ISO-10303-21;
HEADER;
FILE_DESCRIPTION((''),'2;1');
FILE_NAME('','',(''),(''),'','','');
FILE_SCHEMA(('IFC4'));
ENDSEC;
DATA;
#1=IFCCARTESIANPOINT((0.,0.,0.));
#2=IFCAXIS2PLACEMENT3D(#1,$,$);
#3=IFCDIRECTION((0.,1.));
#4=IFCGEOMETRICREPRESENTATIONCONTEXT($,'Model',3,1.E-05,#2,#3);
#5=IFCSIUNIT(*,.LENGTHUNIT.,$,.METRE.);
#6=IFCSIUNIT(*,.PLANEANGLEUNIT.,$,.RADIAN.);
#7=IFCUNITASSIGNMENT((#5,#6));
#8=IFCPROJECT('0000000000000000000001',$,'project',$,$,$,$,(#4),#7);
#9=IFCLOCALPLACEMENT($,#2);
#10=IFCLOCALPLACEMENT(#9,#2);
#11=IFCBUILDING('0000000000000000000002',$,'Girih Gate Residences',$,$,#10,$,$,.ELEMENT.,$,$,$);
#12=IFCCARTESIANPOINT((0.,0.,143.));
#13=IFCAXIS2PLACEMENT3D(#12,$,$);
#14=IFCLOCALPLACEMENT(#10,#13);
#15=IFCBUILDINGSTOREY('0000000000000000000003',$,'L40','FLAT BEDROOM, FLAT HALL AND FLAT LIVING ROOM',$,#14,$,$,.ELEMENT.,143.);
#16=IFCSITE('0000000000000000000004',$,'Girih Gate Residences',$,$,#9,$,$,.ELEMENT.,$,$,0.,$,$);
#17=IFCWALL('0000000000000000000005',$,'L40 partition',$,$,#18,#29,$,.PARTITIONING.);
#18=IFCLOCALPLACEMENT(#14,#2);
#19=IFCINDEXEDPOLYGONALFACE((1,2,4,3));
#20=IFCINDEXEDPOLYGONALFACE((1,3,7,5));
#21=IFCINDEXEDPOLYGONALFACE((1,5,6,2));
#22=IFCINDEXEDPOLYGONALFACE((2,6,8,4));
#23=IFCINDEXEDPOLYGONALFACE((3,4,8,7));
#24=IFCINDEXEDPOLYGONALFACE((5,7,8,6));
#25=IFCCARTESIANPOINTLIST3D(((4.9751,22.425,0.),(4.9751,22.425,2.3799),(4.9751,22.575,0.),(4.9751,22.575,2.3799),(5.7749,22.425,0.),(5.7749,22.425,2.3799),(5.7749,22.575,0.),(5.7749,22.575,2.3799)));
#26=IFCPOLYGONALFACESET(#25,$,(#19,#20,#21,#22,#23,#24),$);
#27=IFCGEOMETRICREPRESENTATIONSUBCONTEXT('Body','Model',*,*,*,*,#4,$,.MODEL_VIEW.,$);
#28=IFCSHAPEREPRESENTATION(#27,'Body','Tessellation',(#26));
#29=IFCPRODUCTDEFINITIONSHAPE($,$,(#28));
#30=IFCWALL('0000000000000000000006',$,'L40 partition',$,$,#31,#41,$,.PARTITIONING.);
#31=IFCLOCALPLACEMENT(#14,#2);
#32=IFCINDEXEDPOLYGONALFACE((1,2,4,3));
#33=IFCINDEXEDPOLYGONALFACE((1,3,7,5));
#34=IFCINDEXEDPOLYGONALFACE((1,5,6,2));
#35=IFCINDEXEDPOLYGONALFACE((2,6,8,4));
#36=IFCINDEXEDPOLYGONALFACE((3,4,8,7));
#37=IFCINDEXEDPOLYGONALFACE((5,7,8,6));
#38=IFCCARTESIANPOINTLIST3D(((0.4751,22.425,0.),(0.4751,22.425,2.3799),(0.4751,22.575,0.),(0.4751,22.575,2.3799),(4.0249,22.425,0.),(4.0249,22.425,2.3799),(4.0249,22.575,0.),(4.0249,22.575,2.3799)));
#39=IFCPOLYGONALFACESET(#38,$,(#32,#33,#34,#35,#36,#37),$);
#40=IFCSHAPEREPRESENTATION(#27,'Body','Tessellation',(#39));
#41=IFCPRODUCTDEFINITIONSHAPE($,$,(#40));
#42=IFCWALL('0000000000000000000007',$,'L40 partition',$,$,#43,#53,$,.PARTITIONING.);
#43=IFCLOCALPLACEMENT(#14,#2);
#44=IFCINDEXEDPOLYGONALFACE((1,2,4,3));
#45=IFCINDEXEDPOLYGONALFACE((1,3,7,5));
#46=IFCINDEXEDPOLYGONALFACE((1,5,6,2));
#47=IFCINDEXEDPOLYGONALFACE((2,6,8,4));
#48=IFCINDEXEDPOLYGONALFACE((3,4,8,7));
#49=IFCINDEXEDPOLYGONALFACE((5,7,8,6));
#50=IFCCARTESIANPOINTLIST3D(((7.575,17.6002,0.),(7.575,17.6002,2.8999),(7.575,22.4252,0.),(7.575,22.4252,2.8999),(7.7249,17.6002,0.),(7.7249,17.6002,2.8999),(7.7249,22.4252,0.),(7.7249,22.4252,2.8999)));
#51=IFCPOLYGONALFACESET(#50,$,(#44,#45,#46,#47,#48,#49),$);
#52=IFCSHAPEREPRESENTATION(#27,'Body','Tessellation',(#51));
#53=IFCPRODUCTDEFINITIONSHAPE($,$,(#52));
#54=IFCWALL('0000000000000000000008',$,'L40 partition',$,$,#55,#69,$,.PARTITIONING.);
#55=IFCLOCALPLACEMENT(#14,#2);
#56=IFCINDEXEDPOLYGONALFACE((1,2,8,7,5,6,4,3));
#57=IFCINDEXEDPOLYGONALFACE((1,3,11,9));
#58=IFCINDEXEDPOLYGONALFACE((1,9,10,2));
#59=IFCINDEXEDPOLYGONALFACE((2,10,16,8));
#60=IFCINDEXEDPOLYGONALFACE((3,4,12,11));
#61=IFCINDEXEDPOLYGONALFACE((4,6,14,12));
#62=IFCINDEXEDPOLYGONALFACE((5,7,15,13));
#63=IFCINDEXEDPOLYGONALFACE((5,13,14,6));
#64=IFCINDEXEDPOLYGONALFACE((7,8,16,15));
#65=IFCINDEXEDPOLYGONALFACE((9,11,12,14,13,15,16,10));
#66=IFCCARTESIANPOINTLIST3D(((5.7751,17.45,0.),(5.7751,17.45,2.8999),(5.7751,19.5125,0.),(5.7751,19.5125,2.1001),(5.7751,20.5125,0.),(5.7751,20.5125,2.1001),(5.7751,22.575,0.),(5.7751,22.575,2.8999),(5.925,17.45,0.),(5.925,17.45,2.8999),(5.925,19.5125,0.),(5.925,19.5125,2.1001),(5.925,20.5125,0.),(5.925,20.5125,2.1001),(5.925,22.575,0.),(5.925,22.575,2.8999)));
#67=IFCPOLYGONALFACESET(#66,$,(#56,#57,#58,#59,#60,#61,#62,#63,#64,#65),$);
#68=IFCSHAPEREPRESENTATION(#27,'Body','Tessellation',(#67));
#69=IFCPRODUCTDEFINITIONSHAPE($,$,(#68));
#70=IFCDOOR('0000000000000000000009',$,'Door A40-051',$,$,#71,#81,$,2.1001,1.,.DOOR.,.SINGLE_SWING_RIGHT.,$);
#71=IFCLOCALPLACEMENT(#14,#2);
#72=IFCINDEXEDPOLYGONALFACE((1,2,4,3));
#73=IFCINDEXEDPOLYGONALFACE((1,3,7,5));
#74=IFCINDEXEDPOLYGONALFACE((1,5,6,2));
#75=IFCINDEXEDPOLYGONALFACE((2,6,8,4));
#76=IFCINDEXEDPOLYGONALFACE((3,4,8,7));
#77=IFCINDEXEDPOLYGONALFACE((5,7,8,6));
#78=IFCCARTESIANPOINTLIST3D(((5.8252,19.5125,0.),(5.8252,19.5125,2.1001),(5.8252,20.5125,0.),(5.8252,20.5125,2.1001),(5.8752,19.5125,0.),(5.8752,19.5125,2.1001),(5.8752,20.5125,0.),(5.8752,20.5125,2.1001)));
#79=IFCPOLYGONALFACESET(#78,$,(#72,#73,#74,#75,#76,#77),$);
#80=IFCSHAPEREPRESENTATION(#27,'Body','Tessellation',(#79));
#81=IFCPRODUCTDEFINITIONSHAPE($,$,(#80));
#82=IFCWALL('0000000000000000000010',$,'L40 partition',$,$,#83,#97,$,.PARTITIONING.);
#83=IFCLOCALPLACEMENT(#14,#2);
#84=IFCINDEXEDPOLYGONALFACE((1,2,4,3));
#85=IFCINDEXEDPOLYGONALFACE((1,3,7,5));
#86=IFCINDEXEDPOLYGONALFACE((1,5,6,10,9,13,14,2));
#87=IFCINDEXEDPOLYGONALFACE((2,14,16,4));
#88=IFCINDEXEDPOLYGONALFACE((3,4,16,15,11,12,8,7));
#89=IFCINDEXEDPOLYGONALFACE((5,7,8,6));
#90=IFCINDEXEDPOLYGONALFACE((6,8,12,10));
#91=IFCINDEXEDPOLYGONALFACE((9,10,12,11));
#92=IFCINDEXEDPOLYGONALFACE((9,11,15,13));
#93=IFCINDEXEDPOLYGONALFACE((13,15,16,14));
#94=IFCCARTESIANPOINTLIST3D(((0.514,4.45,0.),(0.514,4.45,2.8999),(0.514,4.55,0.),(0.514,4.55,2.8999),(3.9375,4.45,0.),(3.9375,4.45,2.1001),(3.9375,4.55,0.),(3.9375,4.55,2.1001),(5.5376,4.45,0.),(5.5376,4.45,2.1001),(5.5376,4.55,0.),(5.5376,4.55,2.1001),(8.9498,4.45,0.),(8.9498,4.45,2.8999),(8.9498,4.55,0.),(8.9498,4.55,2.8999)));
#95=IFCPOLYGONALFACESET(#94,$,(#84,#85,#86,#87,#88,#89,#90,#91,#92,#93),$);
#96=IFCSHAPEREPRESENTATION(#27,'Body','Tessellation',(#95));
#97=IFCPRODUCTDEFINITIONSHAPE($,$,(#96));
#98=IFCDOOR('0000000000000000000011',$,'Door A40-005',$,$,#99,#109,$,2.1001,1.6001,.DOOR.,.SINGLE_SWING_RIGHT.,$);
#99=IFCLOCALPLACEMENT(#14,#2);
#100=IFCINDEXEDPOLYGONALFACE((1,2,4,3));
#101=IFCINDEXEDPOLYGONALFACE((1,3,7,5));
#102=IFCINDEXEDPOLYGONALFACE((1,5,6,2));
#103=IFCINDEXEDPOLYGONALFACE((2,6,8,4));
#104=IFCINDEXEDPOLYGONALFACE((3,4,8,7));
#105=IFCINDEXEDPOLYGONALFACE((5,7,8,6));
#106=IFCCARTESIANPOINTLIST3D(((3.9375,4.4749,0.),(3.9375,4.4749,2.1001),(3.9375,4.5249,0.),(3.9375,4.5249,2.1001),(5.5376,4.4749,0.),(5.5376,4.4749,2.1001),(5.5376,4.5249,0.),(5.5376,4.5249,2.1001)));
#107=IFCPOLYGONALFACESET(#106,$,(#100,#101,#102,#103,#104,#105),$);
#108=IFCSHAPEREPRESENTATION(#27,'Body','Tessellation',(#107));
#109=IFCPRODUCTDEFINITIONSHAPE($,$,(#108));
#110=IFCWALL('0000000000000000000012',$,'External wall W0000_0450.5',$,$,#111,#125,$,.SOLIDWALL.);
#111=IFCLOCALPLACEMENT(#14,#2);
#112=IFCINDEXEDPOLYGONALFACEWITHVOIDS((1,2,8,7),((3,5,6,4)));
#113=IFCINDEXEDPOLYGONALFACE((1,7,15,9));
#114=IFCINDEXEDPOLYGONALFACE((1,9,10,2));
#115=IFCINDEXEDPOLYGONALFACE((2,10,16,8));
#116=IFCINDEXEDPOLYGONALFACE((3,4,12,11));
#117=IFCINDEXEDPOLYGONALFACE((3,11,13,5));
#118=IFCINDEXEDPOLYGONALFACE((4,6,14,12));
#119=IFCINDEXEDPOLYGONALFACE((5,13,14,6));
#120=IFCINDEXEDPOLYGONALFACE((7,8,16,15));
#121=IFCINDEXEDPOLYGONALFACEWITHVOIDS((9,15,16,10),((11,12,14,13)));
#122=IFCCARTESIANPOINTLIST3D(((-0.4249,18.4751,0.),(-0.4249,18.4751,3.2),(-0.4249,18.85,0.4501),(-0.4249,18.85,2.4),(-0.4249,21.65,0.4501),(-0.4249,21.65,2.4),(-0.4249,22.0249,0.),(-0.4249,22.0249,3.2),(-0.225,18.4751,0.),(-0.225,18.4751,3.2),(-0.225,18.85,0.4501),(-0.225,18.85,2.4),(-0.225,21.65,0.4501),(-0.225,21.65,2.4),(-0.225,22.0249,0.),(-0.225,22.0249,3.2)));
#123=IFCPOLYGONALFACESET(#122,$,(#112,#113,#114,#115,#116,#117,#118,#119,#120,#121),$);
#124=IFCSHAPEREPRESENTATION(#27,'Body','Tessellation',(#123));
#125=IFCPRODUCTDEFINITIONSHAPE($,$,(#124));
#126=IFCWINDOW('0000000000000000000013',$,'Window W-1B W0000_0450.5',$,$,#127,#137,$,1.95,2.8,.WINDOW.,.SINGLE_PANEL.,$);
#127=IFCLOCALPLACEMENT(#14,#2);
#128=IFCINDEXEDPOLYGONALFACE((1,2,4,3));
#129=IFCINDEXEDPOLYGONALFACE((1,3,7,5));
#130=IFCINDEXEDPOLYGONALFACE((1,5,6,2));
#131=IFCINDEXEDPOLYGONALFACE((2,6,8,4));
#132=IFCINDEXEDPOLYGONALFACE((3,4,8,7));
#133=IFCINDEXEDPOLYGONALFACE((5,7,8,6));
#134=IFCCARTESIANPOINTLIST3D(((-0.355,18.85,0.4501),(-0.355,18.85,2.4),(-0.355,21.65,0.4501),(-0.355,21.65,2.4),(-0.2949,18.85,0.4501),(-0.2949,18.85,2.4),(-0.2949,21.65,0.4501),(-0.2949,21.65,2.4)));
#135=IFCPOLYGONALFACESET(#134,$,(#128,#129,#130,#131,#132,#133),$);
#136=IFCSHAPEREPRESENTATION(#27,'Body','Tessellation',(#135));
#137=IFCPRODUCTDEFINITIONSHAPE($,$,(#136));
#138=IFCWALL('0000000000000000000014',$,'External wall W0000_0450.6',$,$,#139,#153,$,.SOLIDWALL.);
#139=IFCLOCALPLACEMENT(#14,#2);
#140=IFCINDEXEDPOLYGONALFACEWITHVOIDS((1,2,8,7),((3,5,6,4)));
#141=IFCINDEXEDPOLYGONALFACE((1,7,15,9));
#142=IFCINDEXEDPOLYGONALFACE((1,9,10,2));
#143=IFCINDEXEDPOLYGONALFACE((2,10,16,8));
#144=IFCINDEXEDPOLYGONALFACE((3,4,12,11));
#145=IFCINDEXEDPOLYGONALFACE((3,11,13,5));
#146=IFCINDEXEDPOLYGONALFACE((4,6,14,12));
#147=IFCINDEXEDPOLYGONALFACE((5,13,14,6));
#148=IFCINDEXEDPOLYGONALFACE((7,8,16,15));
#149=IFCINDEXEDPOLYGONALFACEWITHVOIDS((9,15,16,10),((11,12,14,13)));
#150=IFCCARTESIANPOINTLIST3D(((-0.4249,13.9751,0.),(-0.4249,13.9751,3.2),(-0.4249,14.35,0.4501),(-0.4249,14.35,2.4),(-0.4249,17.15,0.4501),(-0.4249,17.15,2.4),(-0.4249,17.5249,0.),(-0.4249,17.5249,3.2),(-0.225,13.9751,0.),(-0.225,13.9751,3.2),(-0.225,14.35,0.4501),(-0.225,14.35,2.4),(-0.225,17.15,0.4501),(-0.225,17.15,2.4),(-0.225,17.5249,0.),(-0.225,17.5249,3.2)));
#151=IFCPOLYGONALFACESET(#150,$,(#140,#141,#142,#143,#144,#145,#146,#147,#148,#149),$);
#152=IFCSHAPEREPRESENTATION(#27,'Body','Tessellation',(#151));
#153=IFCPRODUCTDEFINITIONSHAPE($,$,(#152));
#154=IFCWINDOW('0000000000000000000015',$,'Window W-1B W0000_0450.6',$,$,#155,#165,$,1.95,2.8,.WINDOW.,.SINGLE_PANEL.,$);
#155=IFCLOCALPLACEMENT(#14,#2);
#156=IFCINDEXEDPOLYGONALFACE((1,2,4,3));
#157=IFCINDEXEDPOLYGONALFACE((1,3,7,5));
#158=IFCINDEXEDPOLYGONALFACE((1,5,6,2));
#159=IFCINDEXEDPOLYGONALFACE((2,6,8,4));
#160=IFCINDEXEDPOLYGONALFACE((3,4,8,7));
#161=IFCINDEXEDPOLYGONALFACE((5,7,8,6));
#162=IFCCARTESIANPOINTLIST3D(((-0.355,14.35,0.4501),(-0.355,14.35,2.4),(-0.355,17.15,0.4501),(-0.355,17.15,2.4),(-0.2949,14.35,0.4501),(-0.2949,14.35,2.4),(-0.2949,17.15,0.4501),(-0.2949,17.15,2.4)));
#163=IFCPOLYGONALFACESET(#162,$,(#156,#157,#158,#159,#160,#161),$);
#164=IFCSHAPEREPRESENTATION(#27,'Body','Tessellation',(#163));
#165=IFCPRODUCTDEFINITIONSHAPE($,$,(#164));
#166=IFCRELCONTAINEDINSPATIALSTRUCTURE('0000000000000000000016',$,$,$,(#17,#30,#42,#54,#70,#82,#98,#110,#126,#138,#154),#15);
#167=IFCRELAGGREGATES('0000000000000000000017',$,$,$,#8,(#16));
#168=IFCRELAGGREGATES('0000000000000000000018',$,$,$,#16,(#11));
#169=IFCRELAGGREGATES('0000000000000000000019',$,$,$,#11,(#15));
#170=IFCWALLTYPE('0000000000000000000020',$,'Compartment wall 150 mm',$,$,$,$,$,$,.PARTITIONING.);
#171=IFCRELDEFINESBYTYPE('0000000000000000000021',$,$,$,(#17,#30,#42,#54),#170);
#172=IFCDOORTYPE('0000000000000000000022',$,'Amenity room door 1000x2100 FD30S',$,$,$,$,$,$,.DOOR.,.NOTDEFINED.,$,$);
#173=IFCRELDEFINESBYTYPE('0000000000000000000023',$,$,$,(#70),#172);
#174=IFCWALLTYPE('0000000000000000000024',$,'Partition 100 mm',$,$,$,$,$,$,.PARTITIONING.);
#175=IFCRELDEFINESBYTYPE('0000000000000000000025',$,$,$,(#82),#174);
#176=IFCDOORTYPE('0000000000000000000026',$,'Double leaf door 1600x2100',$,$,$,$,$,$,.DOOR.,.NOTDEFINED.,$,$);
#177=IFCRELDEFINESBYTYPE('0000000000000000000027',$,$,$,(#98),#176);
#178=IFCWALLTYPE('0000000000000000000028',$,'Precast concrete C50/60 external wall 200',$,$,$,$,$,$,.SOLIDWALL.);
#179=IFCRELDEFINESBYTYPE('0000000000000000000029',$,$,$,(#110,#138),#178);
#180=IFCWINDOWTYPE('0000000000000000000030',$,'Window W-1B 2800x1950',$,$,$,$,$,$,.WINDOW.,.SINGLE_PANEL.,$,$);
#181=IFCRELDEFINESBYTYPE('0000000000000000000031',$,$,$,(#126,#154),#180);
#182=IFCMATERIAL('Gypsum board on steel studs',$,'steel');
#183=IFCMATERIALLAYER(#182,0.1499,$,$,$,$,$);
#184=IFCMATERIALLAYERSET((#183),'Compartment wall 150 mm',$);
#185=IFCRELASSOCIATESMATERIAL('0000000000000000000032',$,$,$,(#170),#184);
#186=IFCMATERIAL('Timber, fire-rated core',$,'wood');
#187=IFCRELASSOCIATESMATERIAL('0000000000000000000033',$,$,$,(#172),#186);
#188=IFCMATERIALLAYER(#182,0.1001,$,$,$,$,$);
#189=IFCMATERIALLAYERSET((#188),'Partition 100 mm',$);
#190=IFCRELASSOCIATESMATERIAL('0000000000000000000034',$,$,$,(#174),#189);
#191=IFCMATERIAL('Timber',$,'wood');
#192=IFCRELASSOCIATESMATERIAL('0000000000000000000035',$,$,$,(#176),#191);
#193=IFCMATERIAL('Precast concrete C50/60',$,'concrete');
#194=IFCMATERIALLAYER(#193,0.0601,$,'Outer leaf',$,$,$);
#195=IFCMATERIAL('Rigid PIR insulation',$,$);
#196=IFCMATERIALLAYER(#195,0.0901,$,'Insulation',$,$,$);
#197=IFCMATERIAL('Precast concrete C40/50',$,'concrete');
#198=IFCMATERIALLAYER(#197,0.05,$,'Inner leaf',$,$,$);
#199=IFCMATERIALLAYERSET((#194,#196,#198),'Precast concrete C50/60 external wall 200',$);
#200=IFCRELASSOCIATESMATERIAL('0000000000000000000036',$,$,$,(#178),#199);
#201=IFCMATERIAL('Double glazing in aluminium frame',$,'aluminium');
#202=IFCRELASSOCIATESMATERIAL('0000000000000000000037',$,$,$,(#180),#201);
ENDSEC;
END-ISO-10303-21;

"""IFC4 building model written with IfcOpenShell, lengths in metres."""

from ifc_helpers import new_model, si_unit, direction, frame, frame_2d, origin, place, context, subcontext, project, spatial, rectangle, extrude, material, layer, layer_set, type_object, element, fill, save


model = new_model("IFC4")

# Units and contexts
model_context = context("Model", 3, precision=1e-05, world=origin(), true_north=direction((0.0, 1.0)))
body_context = subcontext(model_context, "Body", "Model", "MODEL_VIEW")
ifc_project = project(units=[si_unit("LENGTHUNIT", "METRE"), si_unit("PLANEANGLEUNIT", "RADIAN")], contexts=[model_context])

# Site, building, storey
site_placement = place(None, origin())
site = spatial("IfcSite", under=ifc_project, at=site_placement, Name="Girih Gate Residences", CompositionType="ELEMENT", RefElevation=0.0)
building_placement = place(site_placement, origin())
building = spatial("IfcBuilding", under=site, at=building_placement, Name="Girih Gate Residences", CompositionType="ELEMENT")
storey_placement = place(building_placement, frame((0.0, 0.0, 143.0)))
storey = spatial("IfcBuildingStorey", under=building, at=storey_placement, Name="L40", Description="FLAT BEDROOM, FLAT HALL AND FLAT LIVING ROOM", CompositionType="ELEMENT", Elevation=143.0)

# Shared definitions
ifc_material_1 = material(Name="Gypsum board on steel studs", Category="steel")
ifc_layer_1 = layer(ifc_material_1, 0.1499)
ifc_layer_set_1 = layer_set([ifc_layer_1], Name="Compartment wall 150 mm")
wall_type_1 = type_object("IfcWallType", Name="Compartment wall 150 mm", PredefinedType="PARTITIONING", material=ifc_layer_set_1)

# Shared definitions
ifc_material_2 = material(Name="Timber", Category="wood")

# Walls
wall_1_placement = place(storey_placement, frame((4.9751, 22.5, 0.0), z_axis=(0.0, 0.0, 1.0), x_axis=(1.0, 0.0, 0.0)))
element("IfcWall", 1, at=wall_1_placement, inside=storey, type_object=wall_type_1, Name="L40 partition", PredefinedType="PARTITIONING", context=body_context, shape_type="SweptSolid", body=[
    extrude(rectangle(XDim=0.7998, YDim=0.1499, at=frame_2d((0.3999, 0.0))), origin(), (0.0, 0.0, 1.0), 2.3799),
])
wall_2_placement = place(storey_placement, frame((0.4751, 22.5, 0.0), z_axis=(0.0, 0.0, 1.0), x_axis=(1.0, 0.0, 0.0)))
element("IfcWall", 2, at=wall_2_placement, inside=storey, type_object=wall_type_1, Name="L40 partition", PredefinedType="PARTITIONING", context=body_context, shape_type="SweptSolid", body=[
    extrude(rectangle(XDim=3.5498, YDim=0.1499, at=frame_2d((1.7749, 0.0))), origin(), (0.0, 0.0, 1.0), 2.3799),
])
wall_3_placement = place(storey_placement, frame((7.6499, 17.6001, 0.0), z_axis=(0.0, 0.0, 1.0), x_axis=(0.0, 1.0, 0.0)))
element("IfcWall", 3, at=wall_3_placement, inside=storey, type_object=wall_type_1, Name="L40 partition", PredefinedType="PARTITIONING", context=body_context, shape_type="SweptSolid", body=[
    extrude(rectangle(XDim=4.825, YDim=0.1499, at=frame_2d((2.4126, 0.0))), origin(), (0.0, 0.0, 1.0), 2.8999),
])

# Walls, openings, doors
wall_4_placement = place(storey_placement, frame((5.8501, 17.45, 0.0), z_axis=(0.0, 0.0, 1.0), x_axis=(0.0, 1.0, 0.0)))
wall_4 = element("IfcWall", 4, at=wall_4_placement, inside=storey, type_object=wall_type_1, Name="L40 partition", PredefinedType="PARTITIONING", context=body_context, shape_type="SweptSolid", body=[
    extrude(rectangle(XDim=5.125, YDim=0.1499, at=frame_2d((2.5625, 0.0))), origin(), (0.0, 0.0, 1.0), 2.8999),
])
opening_1_placement = place(wall_4_placement, frame((2.0625, 0.0, 0.0)))
opening_1 = element("IfcOpeningElement", 5, at=opening_1_placement, cuts=wall_4, PredefinedType="OPENING", context=body_context, shape_type="SweptSolid", body=[
    extrude(rectangle(XDim=1.0, YDim=2.1001, at=frame_2d((0.5, 1.05))), frame((0.0, 0.085, 0.0), z_axis=(0.0, -1.0, 0.0), x_axis=(1.0, 0.0, 0.0)), (0.0, 0.0, 1.0), 0.1699),
])
ifc_material_3 = material(Name="Timber, fire-rated core", Category="wood")
door_type_1 = type_object("IfcDoorType", Name="Amenity room door 1000x2100 FD30S", OperationType="NOTDEFINED", PredefinedType="DOOR", material=ifc_material_3)
door_1_placement = place(opening_1_placement, origin())
door_1 = element("IfcDoor", 6, at=door_1_placement, inside=storey, type_object=door_type_1, Name="Door A40-051", OperationType="SINGLE_SWING_RIGHT", OverallHeight=2.1001, OverallWidth=1.0, PredefinedType="DOOR", context=body_context, shape_type="SweptSolid", body=[
    extrude(rectangle(XDim=1.0, YDim=2.1001, at=frame_2d((0.5, 1.05))), frame((0.0, 0.0249, 0.0), z_axis=(0.0, -1.0, 0.0), x_axis=(1.0, 0.0, 0.0)), (0.0, 0.0, 1.0), 0.05),
])
fill(opening_1, door_1)
ifc_layer_2 = layer(ifc_material_1, 0.1001)
ifc_layer_set_2 = layer_set([ifc_layer_2], Name="Partition 100 mm")
wall_type_2 = type_object("IfcWallType", Name="Partition 100 mm", PredefinedType="PARTITIONING", material=ifc_layer_set_2)
wall_5_placement = place(storey_placement, frame((0.5142, 4.5, 0.0), z_axis=(0.0, 0.0, 1.0), x_axis=(1.0, 0.0, 0.0)))
wall_5 = element("IfcWall", 7, at=wall_5_placement, inside=storey, type_object=wall_type_2, Name="L40 partition", PredefinedType="PARTITIONING", context=body_context, shape_type="SweptSolid", body=[
    extrude(rectangle(XDim=8.4358, YDim=0.1001, at=frame_2d((4.2178, 0.0))), origin(), (0.0, 0.0, 1.0), 2.8999),
])
opening_2_placement = place(wall_5_placement, frame((3.4233, 0.0, 0.0)))
opening_2 = element("IfcOpeningElement", 8, at=opening_2_placement, cuts=wall_5, PredefinedType="OPENING", context=body_context, shape_type="SweptSolid", body=[
    extrude(rectangle(XDim=1.6001, YDim=2.1001, at=frame_2d((0.8, 1.05))), frame((0.0, 0.0601, 0.0), z_axis=(0.0, -1.0, 0.0), x_axis=(1.0, 0.0, 0.0)), (0.0, 0.0, 1.0), 0.1201),
])
door_type_2 = type_object("IfcDoorType", Name="Double leaf door 1600x2100", OperationType="NOTDEFINED", PredefinedType="DOOR", material=ifc_material_2)
door_2_placement = place(opening_2_placement, origin())
door_2 = element("IfcDoor", 9, at=door_2_placement, inside=storey, type_object=door_type_2, Name="Door A40-005", OperationType="SINGLE_SWING_RIGHT", OverallHeight=2.1001, OverallWidth=1.6001, PredefinedType="DOOR", context=body_context, shape_type="SweptSolid", body=[
    extrude(rectangle(XDim=1.6001, YDim=2.1001, at=frame_2d((0.8, 1.05))), frame((0.0, 0.0249, 0.0), z_axis=(0.0, -1.0, 0.0), x_axis=(1.0, 0.0, 0.0)), (0.0, 0.0, 1.0), 0.05),
])
fill(opening_2, door_2)

# Walls, openings, windows
ifc_material_4 = material(Name="Precast concrete C50/60", Category="concrete")
ifc_layer_3 = layer(ifc_material_4, 0.0601, Name="Outer leaf")
ifc_material_5 = material(Name="Rigid PIR insulation")
ifc_layer_4 = layer(ifc_material_5, 0.0901, Name="Insulation")
ifc_material_6 = material(Name="Precast concrete C40/50", Category="concrete")
ifc_layer_5 = layer(ifc_material_6, 0.05, Name="Inner leaf")
ifc_layer_set_3 = layer_set([ifc_layer_3, ifc_layer_4, ifc_layer_5], Name="Precast concrete C50/60 external wall 200")
wall_type_3 = type_object("IfcWallType", Name="Precast concrete C50/60 external wall 200", PredefinedType="SOLIDWALL", material=ifc_layer_set_3)
wall_6_placement = place(storey_placement, frame((-0.325, 18.4751, 0.0), z_axis=(0.0, 0.0, 1.0), x_axis=(0.0, 1.0, 0.0)))
wall_6 = element("IfcWall", 10, at=wall_6_placement, inside=storey, type_object=wall_type_3, Name="External wall W0000_0450.5", PredefinedType="SOLIDWALL", context=body_context, shape_type="SweptSolid", body=[
    extrude(rectangle(XDim=3.5498, YDim=0.2, at=frame_2d((1.7749, 0.0))), origin(), (0.0, 0.0, 1.0), 3.2),
])
opening_3_placement = place(wall_6_placement, frame((0.375, 0.0, 0.45)))
opening_3 = element("IfcOpeningElement", 11, at=opening_3_placement, cuts=wall_6, PredefinedType="OPENING", context=body_context, shape_type="SweptSolid", body=[
    extrude(rectangle(XDim=2.8, YDim=1.95, at=frame_2d((1.3999, 0.9751))), frame((0.0, 0.1099, 0.0), z_axis=(0.0, -1.0, 0.0), x_axis=(1.0, 0.0, 0.0)), (0.0, 0.0, 1.0), 0.22),
])
ifc_material_7 = material(Name="Double glazing in aluminium frame", Category="aluminium")
window_type = type_object("IfcWindowType", Name="Window W-1B 2800x1950", PartitioningType="SINGLE_PANEL", PredefinedType="WINDOW", material=ifc_material_7)
window_1_placement = place(opening_3_placement, origin())
window_1 = element("IfcWindow", 12, at=window_1_placement, inside=storey, type_object=window_type, Name="Window W-1B W0000_0450.5", OverallHeight=1.95, OverallWidth=2.8, PartitioningType="SINGLE_PANEL", PredefinedType="WINDOW", context=body_context, shape_type="SweptSolid", body=[
    extrude(rectangle(XDim=2.8, YDim=1.95, at=frame_2d((1.3999, 0.9751))), frame((0.0, 0.03, 0.0), z_axis=(0.0, -1.0, 0.0), x_axis=(1.0, 0.0, 0.0)), (0.0, 0.0, 1.0), 0.0601),
])
fill(opening_3, window_1)
wall_7_placement = place(storey_placement, frame((-0.325, 13.9751, 0.0), z_axis=(0.0, 0.0, 1.0), x_axis=(0.0, 1.0, 0.0)))
wall_7 = element("IfcWall", 13, at=wall_7_placement, inside=storey, type_object=wall_type_3, Name="External wall W0000_0450.6", PredefinedType="SOLIDWALL", context=body_context, shape_type="SweptSolid", body=[
    extrude(rectangle(XDim=3.5498, YDim=0.2, at=frame_2d((1.7749, 0.0))), origin(), (0.0, 0.0, 1.0), 3.2),
])
opening_4_placement = place(wall_7_placement, frame((0.375, 0.0, 0.45)))
opening_4 = element("IfcOpeningElement", 14, at=opening_4_placement, cuts=wall_7, PredefinedType="OPENING", context=body_context, shape_type="SweptSolid", body=[
    extrude(rectangle(XDim=2.8, YDim=1.95, at=frame_2d((1.3999, 0.9751))), frame((0.0, 0.1099, 0.0), z_axis=(0.0, -1.0, 0.0), x_axis=(1.0, 0.0, 0.0)), (0.0, 0.0, 1.0), 0.22),
])
window_2_placement = place(opening_4_placement, origin())
window_2 = element("IfcWindow", 15, at=window_2_placement, inside=storey, type_object=window_type, Name="Window W-1B W0000_0450.6", OverallHeight=1.95, OverallWidth=2.8, PartitioningType="SINGLE_PANEL", PredefinedType="WINDOW", context=body_context, shape_type="SweptSolid", body=[
    extrude(rectangle(XDim=2.8, YDim=1.95, at=frame_2d((1.3999, 0.9751))), frame((0.0, 0.03, 0.0), z_axis=(0.0, -1.0, 0.0), x_axis=(1.0, 0.0, 0.0)), (0.0, 0.0, 1.0), 0.0601),
])
fill(opening_4, window_2)

save(model, "model.ifc")
